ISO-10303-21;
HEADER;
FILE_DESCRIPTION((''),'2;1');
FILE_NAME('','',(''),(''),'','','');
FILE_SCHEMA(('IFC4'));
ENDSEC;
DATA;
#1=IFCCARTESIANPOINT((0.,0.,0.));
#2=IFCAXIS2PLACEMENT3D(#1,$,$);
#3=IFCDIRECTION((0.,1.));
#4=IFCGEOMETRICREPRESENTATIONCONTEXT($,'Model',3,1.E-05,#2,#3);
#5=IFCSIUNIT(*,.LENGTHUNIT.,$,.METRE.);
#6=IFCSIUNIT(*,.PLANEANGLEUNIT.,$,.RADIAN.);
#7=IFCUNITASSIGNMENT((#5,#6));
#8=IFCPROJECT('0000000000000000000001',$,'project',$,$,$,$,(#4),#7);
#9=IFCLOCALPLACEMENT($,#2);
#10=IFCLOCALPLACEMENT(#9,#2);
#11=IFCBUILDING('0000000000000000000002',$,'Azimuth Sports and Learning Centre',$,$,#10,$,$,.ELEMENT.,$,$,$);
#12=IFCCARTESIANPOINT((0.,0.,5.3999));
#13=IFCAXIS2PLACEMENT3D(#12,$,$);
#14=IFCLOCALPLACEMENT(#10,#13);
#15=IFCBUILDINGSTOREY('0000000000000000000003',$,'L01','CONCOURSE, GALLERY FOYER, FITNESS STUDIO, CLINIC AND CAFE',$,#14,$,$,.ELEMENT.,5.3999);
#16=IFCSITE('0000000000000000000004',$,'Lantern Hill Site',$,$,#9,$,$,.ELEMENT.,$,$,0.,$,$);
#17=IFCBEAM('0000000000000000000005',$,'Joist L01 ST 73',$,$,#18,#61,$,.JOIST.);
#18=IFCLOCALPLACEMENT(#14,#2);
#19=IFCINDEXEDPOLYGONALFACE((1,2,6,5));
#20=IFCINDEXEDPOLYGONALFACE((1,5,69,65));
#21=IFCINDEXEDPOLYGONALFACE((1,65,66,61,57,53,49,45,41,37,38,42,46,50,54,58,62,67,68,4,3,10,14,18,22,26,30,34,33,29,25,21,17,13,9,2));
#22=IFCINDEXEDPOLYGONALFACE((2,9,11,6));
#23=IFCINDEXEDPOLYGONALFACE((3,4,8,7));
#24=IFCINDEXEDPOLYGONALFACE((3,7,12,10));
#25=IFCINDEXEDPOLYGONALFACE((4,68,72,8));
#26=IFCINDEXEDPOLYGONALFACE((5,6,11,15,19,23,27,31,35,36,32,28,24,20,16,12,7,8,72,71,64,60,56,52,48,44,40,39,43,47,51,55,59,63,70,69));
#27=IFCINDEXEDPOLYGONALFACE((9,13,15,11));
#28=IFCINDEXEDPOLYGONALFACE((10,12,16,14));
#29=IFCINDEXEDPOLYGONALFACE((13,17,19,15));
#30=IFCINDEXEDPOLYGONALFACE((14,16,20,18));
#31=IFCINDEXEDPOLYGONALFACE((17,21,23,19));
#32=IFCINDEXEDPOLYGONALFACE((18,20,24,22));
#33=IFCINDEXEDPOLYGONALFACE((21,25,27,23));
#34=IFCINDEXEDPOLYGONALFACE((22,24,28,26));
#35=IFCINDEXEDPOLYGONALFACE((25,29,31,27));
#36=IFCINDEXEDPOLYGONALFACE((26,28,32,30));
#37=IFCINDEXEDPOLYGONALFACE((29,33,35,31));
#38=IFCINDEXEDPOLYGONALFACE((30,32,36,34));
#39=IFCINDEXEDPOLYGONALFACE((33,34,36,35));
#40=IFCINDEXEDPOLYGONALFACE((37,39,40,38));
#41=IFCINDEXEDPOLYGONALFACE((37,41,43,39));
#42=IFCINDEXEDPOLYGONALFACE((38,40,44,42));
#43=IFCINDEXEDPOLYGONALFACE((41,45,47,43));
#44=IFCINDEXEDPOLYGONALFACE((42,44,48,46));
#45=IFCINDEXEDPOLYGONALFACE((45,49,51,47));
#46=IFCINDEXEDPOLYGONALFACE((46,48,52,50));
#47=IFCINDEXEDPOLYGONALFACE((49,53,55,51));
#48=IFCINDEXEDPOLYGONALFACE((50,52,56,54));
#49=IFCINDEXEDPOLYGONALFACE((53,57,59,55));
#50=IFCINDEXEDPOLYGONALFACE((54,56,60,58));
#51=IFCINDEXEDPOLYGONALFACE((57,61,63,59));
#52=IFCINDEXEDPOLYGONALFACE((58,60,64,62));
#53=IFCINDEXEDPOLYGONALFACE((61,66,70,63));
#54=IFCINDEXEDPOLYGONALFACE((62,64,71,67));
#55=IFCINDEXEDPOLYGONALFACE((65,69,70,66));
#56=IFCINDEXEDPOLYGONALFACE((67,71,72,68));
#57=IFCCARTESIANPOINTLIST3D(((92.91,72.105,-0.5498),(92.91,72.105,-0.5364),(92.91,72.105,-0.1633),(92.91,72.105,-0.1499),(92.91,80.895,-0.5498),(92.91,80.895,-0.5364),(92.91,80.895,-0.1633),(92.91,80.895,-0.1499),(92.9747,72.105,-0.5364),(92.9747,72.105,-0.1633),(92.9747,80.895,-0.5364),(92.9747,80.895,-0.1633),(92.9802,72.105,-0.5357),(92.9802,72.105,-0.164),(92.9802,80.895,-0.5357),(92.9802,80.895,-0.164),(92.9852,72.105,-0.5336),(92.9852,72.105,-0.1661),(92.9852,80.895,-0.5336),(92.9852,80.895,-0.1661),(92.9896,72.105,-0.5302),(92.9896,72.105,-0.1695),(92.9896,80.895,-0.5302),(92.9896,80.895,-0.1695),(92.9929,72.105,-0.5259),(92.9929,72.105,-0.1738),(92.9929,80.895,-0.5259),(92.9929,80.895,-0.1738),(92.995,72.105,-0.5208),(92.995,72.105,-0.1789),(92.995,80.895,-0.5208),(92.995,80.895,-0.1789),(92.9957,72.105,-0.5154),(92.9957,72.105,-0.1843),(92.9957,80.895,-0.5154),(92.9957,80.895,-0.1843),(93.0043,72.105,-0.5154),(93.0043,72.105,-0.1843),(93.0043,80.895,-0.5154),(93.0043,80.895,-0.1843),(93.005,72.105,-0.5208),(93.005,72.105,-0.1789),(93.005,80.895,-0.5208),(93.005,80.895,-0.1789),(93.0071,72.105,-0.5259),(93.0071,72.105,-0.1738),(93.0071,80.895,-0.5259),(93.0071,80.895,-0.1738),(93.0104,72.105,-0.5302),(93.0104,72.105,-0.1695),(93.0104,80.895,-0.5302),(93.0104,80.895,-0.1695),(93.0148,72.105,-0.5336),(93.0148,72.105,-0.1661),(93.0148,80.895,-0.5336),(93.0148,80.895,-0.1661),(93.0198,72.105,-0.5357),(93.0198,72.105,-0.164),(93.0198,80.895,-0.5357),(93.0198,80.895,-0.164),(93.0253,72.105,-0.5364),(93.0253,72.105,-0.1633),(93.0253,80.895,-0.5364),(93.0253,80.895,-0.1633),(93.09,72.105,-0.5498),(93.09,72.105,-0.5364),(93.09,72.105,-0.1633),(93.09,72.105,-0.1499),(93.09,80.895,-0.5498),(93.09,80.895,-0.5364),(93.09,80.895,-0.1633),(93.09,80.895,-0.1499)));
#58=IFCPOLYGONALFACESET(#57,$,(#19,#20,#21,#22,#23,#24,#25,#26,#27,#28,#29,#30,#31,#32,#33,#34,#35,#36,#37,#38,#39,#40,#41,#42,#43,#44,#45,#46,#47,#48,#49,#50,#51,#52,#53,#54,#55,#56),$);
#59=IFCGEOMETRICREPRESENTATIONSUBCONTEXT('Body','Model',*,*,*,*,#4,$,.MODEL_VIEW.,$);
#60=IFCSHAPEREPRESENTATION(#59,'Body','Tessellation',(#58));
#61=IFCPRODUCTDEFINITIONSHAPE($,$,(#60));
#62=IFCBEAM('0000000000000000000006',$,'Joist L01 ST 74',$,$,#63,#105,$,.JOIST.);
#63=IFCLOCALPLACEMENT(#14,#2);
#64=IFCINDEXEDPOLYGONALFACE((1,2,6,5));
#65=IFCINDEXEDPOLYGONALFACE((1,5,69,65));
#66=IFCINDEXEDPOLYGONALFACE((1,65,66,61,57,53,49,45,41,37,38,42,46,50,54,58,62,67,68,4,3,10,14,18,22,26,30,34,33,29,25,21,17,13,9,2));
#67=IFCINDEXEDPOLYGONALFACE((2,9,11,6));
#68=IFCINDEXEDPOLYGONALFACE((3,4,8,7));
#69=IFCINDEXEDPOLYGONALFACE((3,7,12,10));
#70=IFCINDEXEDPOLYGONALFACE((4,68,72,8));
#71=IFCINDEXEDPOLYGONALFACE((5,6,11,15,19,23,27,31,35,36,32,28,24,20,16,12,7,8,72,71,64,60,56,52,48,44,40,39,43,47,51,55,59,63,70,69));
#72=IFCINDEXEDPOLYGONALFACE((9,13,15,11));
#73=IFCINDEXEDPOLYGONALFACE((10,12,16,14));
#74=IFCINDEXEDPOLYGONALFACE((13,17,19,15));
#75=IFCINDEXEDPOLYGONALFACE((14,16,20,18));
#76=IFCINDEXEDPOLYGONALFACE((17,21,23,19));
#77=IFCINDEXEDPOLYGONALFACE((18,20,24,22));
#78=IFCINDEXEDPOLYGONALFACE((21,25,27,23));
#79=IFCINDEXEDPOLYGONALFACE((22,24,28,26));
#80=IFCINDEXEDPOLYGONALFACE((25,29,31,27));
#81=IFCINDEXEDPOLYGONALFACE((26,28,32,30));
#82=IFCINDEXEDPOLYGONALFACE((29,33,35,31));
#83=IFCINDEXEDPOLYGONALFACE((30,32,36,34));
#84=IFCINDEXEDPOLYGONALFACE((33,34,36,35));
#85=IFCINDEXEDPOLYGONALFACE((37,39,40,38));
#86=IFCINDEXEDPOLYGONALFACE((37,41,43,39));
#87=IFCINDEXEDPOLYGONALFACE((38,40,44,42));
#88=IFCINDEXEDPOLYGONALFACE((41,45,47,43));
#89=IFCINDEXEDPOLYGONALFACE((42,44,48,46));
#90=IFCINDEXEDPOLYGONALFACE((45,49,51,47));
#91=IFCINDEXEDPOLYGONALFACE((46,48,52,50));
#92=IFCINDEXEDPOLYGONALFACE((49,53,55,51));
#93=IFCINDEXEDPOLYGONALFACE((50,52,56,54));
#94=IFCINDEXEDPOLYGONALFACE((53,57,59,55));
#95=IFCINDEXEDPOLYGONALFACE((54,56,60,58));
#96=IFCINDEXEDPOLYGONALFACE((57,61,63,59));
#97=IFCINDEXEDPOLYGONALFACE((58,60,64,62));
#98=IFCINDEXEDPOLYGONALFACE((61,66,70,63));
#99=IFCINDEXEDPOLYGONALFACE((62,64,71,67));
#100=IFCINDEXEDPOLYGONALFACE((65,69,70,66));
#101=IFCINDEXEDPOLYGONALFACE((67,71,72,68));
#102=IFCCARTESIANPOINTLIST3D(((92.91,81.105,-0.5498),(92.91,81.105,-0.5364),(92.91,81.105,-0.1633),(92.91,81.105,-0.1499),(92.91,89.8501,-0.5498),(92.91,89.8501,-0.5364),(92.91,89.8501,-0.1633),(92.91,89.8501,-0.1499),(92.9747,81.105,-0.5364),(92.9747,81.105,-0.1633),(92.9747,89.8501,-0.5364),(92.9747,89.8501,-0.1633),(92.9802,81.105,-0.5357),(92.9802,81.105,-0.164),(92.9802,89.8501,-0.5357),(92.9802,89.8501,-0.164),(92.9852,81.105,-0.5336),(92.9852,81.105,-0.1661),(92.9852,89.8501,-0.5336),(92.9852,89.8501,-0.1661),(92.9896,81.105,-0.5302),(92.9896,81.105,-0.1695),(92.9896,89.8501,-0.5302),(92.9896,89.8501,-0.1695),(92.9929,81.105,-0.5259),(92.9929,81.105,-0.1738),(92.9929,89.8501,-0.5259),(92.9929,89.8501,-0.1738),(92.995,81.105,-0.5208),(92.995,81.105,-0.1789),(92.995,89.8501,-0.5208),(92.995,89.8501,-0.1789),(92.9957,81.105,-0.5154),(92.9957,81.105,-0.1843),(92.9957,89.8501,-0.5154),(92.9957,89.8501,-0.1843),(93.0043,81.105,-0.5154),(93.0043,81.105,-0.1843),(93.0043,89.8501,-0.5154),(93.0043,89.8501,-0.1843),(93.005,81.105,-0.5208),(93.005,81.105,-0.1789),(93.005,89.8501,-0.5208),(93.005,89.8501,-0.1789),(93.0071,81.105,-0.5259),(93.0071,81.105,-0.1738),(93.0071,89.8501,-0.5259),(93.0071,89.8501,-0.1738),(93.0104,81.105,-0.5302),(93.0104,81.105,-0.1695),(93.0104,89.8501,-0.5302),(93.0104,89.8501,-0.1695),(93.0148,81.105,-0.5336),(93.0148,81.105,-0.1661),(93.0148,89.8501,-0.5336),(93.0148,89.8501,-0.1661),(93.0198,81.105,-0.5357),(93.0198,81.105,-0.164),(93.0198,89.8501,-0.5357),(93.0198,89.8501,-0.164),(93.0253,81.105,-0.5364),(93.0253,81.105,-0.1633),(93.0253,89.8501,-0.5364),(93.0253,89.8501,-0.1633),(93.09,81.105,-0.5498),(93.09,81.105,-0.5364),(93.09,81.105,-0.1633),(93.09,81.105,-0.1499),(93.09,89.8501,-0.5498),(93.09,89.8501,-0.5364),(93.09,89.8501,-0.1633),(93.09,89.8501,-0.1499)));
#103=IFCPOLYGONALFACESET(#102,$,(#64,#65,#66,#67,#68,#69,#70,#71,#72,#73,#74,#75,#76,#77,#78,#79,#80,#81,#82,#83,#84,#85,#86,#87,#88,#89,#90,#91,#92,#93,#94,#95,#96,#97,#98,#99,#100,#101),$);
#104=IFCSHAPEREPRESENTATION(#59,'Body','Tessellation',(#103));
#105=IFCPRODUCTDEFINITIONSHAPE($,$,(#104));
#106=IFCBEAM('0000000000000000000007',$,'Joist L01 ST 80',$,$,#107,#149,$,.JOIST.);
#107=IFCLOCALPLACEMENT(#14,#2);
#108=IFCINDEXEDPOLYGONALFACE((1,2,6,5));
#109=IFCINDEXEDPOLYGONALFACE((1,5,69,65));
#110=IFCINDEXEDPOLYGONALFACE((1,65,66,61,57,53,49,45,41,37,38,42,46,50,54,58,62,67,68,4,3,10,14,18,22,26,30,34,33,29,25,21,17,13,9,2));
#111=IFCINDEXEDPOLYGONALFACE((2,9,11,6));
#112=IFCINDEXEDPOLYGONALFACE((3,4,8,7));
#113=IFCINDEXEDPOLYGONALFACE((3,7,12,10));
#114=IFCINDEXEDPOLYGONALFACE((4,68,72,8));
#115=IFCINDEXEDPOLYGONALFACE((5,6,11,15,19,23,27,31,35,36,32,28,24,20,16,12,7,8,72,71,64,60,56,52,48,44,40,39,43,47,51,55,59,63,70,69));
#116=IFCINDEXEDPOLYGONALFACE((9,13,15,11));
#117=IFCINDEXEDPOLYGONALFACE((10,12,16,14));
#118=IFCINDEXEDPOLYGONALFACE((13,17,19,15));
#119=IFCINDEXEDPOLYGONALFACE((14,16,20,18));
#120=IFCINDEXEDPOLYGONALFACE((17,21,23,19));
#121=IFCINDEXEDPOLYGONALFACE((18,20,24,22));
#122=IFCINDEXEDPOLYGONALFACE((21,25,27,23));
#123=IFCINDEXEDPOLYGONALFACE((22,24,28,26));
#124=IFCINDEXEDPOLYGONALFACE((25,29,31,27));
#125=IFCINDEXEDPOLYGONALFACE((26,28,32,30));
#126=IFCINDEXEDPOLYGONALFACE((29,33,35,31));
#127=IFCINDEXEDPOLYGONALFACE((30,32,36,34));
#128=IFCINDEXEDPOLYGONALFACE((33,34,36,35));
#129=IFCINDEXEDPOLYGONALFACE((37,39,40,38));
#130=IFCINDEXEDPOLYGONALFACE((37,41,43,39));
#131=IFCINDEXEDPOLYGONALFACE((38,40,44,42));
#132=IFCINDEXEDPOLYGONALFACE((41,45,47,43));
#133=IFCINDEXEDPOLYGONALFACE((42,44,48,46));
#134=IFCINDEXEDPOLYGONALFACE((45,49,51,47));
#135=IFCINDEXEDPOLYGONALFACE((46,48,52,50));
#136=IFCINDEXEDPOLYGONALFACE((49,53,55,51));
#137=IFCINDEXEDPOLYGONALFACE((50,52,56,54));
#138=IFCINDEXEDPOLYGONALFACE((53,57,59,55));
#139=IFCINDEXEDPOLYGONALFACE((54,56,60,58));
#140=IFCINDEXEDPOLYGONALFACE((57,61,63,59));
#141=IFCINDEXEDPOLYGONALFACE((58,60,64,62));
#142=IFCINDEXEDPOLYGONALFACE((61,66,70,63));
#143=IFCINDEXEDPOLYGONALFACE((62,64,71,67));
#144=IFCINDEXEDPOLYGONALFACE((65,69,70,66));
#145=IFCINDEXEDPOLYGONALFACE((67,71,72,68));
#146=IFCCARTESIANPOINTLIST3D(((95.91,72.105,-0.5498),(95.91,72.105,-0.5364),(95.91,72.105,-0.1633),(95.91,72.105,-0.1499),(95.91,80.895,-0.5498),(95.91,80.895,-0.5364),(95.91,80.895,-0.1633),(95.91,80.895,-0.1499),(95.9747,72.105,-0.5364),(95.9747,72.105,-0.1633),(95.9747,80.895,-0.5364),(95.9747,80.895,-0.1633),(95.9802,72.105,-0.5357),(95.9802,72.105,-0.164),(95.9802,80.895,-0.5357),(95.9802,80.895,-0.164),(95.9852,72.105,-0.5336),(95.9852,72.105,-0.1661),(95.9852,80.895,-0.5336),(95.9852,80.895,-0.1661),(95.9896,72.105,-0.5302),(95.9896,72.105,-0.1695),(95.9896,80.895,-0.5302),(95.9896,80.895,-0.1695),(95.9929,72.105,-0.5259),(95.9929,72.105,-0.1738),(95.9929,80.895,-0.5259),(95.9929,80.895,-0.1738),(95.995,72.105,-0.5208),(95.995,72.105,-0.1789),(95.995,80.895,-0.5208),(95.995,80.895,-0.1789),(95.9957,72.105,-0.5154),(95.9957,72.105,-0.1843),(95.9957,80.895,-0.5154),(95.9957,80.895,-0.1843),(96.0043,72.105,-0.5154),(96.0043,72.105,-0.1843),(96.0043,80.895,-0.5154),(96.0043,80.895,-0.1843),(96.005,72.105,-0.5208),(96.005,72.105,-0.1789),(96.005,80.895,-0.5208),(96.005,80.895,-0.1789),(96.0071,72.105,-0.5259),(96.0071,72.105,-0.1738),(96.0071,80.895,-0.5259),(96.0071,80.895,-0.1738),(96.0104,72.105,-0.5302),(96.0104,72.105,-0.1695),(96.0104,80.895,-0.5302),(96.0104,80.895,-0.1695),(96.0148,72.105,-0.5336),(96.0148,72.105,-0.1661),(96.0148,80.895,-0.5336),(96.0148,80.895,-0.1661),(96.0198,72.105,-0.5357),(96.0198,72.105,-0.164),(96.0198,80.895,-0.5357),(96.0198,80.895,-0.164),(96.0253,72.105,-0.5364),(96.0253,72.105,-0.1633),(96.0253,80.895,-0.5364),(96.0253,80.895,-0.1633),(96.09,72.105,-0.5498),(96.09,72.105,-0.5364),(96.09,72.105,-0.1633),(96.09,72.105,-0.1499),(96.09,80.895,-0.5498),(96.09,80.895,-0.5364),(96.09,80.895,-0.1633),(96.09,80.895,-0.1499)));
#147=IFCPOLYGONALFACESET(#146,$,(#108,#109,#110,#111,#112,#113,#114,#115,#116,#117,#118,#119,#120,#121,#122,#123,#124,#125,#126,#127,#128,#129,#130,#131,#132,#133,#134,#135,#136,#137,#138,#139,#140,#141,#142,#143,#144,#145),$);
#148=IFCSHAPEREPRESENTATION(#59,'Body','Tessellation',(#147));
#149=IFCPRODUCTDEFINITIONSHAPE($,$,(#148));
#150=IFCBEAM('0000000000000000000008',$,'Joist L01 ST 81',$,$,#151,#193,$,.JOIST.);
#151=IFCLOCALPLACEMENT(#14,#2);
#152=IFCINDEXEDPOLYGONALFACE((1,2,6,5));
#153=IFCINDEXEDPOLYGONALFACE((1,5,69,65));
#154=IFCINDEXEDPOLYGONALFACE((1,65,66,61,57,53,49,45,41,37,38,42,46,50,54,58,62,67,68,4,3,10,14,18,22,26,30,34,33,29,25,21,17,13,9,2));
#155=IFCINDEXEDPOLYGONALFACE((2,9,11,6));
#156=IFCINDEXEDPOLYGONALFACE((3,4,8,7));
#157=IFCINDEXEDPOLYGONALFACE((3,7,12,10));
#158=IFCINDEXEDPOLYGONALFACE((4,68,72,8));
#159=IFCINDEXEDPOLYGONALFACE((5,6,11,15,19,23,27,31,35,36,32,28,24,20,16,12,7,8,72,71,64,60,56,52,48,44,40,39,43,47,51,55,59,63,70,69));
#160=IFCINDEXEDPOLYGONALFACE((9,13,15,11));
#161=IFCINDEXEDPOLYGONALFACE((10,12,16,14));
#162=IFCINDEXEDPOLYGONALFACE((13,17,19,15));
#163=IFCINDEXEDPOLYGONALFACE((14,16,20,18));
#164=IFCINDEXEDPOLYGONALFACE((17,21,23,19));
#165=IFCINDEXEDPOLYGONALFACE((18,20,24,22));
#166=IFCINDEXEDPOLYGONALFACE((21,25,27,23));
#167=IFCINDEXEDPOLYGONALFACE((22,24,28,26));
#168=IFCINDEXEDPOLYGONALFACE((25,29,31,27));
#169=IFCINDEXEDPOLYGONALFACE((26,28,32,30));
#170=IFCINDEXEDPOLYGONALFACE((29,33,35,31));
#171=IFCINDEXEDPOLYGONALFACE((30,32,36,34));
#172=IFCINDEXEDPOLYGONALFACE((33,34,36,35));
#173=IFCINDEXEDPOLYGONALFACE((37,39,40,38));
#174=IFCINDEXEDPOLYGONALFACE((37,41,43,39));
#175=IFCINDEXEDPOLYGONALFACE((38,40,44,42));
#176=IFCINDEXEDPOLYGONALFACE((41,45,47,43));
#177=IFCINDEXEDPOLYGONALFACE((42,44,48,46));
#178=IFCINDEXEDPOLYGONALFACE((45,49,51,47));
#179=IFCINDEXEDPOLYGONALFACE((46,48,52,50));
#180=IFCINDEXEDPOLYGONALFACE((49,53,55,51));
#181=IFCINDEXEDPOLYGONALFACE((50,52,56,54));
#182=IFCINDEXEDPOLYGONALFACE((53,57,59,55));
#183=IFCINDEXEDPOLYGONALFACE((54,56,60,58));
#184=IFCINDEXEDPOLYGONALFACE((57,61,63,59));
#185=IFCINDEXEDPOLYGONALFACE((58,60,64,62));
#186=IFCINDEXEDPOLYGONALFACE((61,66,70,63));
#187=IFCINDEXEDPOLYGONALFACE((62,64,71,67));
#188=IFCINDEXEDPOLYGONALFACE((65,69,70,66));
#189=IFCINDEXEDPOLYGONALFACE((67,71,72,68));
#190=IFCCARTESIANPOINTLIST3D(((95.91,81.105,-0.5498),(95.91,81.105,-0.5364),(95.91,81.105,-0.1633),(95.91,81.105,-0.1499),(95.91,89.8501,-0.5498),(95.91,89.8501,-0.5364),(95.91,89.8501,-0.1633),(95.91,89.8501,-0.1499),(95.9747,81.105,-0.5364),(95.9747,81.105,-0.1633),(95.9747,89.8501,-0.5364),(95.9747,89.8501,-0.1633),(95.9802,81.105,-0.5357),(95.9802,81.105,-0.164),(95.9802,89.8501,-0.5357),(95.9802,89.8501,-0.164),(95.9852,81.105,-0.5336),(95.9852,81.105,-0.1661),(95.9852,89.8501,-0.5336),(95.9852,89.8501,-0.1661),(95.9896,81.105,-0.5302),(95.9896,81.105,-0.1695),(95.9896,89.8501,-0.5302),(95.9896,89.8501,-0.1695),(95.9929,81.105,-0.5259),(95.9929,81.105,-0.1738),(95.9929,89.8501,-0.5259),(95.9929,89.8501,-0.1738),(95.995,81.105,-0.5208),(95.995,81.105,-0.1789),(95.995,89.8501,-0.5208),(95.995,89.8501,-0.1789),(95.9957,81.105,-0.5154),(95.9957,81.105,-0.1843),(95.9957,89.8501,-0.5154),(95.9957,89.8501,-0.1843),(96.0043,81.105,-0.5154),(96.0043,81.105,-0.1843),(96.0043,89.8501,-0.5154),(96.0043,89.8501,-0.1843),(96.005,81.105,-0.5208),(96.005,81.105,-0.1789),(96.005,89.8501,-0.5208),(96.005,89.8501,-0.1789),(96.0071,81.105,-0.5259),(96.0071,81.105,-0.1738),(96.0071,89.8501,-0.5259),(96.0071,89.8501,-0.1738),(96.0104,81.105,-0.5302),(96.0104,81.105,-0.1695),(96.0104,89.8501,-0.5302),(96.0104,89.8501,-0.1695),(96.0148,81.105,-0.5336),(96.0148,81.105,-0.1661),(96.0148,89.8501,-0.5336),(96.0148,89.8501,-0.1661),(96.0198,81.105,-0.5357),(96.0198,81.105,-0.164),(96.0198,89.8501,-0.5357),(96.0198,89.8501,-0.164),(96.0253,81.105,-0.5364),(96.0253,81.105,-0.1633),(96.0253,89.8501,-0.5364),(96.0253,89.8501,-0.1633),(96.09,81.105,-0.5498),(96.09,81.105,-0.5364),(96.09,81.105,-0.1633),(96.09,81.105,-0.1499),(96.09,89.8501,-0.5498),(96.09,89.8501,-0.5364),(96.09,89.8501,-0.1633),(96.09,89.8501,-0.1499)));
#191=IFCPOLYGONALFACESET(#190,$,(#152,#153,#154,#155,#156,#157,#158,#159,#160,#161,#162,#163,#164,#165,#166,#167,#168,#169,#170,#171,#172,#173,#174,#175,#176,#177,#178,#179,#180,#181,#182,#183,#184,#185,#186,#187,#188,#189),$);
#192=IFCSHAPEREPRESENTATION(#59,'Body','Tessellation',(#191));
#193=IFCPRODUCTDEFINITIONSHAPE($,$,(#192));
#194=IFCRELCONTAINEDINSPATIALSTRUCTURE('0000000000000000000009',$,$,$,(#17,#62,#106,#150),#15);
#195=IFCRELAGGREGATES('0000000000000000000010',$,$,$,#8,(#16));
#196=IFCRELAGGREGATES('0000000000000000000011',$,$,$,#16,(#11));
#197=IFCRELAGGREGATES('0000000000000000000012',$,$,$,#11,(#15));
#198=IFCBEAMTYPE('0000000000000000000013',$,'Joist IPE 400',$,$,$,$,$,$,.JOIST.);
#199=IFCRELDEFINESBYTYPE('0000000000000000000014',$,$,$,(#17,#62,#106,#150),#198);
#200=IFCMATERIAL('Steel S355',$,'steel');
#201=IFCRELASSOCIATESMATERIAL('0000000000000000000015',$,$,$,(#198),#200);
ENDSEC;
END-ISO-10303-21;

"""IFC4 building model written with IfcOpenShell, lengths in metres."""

from ifc_helpers import new_model, si_unit, direction, frame, origin, origin_2d, place, context, subcontext, project, spatial, i_section, extrude, material, material_profile, profile_set, type_object, element, save


model = new_model("IFC4")

# Units and contexts
model_context = context("Model", 3, precision=1e-05, world=origin(), true_north=direction((0.0, 1.0)))
body_context = subcontext(model_context, "Body", "Model", "MODEL_VIEW")
ifc_project = project(units=[si_unit("LENGTHUNIT", "METRE"), si_unit("PLANEANGLEUNIT", "RADIAN")], contexts=[model_context])

# Site, building, storey
site_placement = place(None, origin())
site = spatial("IfcSite", under=ifc_project, at=site_placement, Name="Lantern Hill Site", CompositionType="ELEMENT", RefElevation=0.0)
building_placement = place(site_placement, origin())
building = spatial("IfcBuilding", under=site, at=building_placement, Name="Azimuth Sports and Learning Centre", CompositionType="ELEMENT")
storey_placement = place(building_placement, frame((0.0, 0.0, 5.3999)))
storey = spatial("IfcBuildingStorey", under=building, at=storey_placement, Name="L01", Description="CONCOURSE, GALLERY FOYER, FITNESS STUDIO, CLINIC AND CAFE", CompositionType="ELEMENT", Elevation=5.3999)

# Beams
ifc_material_1 = material(Name="Steel S355", Category="steel")
ifc_material_profile_1 = material_profile(ifc_material_1, i_section(OverallWidth=0.1799, OverallDepth=0.3999, WebThickness=0.0085, FlangeThickness=0.0134, FilletRadius=0.021, at=origin_2d()), Name="IPE 400")
ifc_profile_set_1 = profile_set([ifc_material_profile_1], Name="Steel S355")
beam_type_1 = type_object("IfcBeamType", Name="Joist IPE 400", PredefinedType="JOIST", material=ifc_profile_set_1)
beam_1_placement = place(storey_placement, frame((93.0, 72.105, -0.3499), z_axis=(0.0, 1.0, 0.0), x_axis=(-1.0, 0.0, 0.0)))
element("IfcBeam", 1, at=beam_1_placement, inside=storey, type_object=beam_type_1, Name="Joist L01 ST 73", PredefinedType="JOIST", context=body_context, shape_type="SweptSolid", body=[
    extrude(i_section(OverallWidth=0.1799, OverallDepth=0.3999, WebThickness=0.0085, FlangeThickness=0.0134, FilletRadius=0.021, at=origin_2d()), origin(), (0.0, 0.0, 1.0), 8.79),
])
beam_2_placement = place(storey_placement, frame((93.0, 81.105, -0.3499), z_axis=(0.0, 1.0, 0.0), x_axis=(-1.0, 0.0, 0.0)))
element("IfcBeam", 2, at=beam_2_placement, inside=storey, type_object=beam_type_1, Name="Joist L01 ST 74", PredefinedType="JOIST", context=body_context, shape_type="SweptSolid", body=[
    extrude(i_section(OverallWidth=0.1799, OverallDepth=0.3999, WebThickness=0.0085, FlangeThickness=0.0134, FilletRadius=0.021, at=origin_2d()), origin(), (0.0, 0.0, 1.0), 8.7451),
])
beam_3_placement = place(storey_placement, frame((96.0, 72.105, -0.3499), z_axis=(0.0, 1.0, 0.0), x_axis=(-1.0, 0.0, 0.0)))
element("IfcBeam", 3, at=beam_3_placement, inside=storey, type_object=beam_type_1, Name="Joist L01 ST 80", PredefinedType="JOIST", context=body_context, shape_type="SweptSolid", body=[
    extrude(i_section(OverallWidth=0.1799, OverallDepth=0.3999, WebThickness=0.0085, FlangeThickness=0.0134, FilletRadius=0.021, at=origin_2d()), origin(), (0.0, 0.0, 1.0), 8.79),
])
beam_4_placement = place(storey_placement, frame((96.0, 81.105, -0.3499), z_axis=(0.0, 1.0, 0.0), x_axis=(-1.0, 0.0, 0.0)))
element("IfcBeam", 4, at=beam_4_placement, inside=storey, type_object=beam_type_1, Name="Joist L01 ST 81", PredefinedType="JOIST", context=body_context, shape_type="SweptSolid", body=[
    extrude(i_section(OverallWidth=0.1799, OverallDepth=0.3999, WebThickness=0.0085, FlangeThickness=0.0134, FilletRadius=0.021, at=origin_2d()), origin(), (0.0, 0.0, 1.0), 8.7451),
])

save(model, "model.ifc")
